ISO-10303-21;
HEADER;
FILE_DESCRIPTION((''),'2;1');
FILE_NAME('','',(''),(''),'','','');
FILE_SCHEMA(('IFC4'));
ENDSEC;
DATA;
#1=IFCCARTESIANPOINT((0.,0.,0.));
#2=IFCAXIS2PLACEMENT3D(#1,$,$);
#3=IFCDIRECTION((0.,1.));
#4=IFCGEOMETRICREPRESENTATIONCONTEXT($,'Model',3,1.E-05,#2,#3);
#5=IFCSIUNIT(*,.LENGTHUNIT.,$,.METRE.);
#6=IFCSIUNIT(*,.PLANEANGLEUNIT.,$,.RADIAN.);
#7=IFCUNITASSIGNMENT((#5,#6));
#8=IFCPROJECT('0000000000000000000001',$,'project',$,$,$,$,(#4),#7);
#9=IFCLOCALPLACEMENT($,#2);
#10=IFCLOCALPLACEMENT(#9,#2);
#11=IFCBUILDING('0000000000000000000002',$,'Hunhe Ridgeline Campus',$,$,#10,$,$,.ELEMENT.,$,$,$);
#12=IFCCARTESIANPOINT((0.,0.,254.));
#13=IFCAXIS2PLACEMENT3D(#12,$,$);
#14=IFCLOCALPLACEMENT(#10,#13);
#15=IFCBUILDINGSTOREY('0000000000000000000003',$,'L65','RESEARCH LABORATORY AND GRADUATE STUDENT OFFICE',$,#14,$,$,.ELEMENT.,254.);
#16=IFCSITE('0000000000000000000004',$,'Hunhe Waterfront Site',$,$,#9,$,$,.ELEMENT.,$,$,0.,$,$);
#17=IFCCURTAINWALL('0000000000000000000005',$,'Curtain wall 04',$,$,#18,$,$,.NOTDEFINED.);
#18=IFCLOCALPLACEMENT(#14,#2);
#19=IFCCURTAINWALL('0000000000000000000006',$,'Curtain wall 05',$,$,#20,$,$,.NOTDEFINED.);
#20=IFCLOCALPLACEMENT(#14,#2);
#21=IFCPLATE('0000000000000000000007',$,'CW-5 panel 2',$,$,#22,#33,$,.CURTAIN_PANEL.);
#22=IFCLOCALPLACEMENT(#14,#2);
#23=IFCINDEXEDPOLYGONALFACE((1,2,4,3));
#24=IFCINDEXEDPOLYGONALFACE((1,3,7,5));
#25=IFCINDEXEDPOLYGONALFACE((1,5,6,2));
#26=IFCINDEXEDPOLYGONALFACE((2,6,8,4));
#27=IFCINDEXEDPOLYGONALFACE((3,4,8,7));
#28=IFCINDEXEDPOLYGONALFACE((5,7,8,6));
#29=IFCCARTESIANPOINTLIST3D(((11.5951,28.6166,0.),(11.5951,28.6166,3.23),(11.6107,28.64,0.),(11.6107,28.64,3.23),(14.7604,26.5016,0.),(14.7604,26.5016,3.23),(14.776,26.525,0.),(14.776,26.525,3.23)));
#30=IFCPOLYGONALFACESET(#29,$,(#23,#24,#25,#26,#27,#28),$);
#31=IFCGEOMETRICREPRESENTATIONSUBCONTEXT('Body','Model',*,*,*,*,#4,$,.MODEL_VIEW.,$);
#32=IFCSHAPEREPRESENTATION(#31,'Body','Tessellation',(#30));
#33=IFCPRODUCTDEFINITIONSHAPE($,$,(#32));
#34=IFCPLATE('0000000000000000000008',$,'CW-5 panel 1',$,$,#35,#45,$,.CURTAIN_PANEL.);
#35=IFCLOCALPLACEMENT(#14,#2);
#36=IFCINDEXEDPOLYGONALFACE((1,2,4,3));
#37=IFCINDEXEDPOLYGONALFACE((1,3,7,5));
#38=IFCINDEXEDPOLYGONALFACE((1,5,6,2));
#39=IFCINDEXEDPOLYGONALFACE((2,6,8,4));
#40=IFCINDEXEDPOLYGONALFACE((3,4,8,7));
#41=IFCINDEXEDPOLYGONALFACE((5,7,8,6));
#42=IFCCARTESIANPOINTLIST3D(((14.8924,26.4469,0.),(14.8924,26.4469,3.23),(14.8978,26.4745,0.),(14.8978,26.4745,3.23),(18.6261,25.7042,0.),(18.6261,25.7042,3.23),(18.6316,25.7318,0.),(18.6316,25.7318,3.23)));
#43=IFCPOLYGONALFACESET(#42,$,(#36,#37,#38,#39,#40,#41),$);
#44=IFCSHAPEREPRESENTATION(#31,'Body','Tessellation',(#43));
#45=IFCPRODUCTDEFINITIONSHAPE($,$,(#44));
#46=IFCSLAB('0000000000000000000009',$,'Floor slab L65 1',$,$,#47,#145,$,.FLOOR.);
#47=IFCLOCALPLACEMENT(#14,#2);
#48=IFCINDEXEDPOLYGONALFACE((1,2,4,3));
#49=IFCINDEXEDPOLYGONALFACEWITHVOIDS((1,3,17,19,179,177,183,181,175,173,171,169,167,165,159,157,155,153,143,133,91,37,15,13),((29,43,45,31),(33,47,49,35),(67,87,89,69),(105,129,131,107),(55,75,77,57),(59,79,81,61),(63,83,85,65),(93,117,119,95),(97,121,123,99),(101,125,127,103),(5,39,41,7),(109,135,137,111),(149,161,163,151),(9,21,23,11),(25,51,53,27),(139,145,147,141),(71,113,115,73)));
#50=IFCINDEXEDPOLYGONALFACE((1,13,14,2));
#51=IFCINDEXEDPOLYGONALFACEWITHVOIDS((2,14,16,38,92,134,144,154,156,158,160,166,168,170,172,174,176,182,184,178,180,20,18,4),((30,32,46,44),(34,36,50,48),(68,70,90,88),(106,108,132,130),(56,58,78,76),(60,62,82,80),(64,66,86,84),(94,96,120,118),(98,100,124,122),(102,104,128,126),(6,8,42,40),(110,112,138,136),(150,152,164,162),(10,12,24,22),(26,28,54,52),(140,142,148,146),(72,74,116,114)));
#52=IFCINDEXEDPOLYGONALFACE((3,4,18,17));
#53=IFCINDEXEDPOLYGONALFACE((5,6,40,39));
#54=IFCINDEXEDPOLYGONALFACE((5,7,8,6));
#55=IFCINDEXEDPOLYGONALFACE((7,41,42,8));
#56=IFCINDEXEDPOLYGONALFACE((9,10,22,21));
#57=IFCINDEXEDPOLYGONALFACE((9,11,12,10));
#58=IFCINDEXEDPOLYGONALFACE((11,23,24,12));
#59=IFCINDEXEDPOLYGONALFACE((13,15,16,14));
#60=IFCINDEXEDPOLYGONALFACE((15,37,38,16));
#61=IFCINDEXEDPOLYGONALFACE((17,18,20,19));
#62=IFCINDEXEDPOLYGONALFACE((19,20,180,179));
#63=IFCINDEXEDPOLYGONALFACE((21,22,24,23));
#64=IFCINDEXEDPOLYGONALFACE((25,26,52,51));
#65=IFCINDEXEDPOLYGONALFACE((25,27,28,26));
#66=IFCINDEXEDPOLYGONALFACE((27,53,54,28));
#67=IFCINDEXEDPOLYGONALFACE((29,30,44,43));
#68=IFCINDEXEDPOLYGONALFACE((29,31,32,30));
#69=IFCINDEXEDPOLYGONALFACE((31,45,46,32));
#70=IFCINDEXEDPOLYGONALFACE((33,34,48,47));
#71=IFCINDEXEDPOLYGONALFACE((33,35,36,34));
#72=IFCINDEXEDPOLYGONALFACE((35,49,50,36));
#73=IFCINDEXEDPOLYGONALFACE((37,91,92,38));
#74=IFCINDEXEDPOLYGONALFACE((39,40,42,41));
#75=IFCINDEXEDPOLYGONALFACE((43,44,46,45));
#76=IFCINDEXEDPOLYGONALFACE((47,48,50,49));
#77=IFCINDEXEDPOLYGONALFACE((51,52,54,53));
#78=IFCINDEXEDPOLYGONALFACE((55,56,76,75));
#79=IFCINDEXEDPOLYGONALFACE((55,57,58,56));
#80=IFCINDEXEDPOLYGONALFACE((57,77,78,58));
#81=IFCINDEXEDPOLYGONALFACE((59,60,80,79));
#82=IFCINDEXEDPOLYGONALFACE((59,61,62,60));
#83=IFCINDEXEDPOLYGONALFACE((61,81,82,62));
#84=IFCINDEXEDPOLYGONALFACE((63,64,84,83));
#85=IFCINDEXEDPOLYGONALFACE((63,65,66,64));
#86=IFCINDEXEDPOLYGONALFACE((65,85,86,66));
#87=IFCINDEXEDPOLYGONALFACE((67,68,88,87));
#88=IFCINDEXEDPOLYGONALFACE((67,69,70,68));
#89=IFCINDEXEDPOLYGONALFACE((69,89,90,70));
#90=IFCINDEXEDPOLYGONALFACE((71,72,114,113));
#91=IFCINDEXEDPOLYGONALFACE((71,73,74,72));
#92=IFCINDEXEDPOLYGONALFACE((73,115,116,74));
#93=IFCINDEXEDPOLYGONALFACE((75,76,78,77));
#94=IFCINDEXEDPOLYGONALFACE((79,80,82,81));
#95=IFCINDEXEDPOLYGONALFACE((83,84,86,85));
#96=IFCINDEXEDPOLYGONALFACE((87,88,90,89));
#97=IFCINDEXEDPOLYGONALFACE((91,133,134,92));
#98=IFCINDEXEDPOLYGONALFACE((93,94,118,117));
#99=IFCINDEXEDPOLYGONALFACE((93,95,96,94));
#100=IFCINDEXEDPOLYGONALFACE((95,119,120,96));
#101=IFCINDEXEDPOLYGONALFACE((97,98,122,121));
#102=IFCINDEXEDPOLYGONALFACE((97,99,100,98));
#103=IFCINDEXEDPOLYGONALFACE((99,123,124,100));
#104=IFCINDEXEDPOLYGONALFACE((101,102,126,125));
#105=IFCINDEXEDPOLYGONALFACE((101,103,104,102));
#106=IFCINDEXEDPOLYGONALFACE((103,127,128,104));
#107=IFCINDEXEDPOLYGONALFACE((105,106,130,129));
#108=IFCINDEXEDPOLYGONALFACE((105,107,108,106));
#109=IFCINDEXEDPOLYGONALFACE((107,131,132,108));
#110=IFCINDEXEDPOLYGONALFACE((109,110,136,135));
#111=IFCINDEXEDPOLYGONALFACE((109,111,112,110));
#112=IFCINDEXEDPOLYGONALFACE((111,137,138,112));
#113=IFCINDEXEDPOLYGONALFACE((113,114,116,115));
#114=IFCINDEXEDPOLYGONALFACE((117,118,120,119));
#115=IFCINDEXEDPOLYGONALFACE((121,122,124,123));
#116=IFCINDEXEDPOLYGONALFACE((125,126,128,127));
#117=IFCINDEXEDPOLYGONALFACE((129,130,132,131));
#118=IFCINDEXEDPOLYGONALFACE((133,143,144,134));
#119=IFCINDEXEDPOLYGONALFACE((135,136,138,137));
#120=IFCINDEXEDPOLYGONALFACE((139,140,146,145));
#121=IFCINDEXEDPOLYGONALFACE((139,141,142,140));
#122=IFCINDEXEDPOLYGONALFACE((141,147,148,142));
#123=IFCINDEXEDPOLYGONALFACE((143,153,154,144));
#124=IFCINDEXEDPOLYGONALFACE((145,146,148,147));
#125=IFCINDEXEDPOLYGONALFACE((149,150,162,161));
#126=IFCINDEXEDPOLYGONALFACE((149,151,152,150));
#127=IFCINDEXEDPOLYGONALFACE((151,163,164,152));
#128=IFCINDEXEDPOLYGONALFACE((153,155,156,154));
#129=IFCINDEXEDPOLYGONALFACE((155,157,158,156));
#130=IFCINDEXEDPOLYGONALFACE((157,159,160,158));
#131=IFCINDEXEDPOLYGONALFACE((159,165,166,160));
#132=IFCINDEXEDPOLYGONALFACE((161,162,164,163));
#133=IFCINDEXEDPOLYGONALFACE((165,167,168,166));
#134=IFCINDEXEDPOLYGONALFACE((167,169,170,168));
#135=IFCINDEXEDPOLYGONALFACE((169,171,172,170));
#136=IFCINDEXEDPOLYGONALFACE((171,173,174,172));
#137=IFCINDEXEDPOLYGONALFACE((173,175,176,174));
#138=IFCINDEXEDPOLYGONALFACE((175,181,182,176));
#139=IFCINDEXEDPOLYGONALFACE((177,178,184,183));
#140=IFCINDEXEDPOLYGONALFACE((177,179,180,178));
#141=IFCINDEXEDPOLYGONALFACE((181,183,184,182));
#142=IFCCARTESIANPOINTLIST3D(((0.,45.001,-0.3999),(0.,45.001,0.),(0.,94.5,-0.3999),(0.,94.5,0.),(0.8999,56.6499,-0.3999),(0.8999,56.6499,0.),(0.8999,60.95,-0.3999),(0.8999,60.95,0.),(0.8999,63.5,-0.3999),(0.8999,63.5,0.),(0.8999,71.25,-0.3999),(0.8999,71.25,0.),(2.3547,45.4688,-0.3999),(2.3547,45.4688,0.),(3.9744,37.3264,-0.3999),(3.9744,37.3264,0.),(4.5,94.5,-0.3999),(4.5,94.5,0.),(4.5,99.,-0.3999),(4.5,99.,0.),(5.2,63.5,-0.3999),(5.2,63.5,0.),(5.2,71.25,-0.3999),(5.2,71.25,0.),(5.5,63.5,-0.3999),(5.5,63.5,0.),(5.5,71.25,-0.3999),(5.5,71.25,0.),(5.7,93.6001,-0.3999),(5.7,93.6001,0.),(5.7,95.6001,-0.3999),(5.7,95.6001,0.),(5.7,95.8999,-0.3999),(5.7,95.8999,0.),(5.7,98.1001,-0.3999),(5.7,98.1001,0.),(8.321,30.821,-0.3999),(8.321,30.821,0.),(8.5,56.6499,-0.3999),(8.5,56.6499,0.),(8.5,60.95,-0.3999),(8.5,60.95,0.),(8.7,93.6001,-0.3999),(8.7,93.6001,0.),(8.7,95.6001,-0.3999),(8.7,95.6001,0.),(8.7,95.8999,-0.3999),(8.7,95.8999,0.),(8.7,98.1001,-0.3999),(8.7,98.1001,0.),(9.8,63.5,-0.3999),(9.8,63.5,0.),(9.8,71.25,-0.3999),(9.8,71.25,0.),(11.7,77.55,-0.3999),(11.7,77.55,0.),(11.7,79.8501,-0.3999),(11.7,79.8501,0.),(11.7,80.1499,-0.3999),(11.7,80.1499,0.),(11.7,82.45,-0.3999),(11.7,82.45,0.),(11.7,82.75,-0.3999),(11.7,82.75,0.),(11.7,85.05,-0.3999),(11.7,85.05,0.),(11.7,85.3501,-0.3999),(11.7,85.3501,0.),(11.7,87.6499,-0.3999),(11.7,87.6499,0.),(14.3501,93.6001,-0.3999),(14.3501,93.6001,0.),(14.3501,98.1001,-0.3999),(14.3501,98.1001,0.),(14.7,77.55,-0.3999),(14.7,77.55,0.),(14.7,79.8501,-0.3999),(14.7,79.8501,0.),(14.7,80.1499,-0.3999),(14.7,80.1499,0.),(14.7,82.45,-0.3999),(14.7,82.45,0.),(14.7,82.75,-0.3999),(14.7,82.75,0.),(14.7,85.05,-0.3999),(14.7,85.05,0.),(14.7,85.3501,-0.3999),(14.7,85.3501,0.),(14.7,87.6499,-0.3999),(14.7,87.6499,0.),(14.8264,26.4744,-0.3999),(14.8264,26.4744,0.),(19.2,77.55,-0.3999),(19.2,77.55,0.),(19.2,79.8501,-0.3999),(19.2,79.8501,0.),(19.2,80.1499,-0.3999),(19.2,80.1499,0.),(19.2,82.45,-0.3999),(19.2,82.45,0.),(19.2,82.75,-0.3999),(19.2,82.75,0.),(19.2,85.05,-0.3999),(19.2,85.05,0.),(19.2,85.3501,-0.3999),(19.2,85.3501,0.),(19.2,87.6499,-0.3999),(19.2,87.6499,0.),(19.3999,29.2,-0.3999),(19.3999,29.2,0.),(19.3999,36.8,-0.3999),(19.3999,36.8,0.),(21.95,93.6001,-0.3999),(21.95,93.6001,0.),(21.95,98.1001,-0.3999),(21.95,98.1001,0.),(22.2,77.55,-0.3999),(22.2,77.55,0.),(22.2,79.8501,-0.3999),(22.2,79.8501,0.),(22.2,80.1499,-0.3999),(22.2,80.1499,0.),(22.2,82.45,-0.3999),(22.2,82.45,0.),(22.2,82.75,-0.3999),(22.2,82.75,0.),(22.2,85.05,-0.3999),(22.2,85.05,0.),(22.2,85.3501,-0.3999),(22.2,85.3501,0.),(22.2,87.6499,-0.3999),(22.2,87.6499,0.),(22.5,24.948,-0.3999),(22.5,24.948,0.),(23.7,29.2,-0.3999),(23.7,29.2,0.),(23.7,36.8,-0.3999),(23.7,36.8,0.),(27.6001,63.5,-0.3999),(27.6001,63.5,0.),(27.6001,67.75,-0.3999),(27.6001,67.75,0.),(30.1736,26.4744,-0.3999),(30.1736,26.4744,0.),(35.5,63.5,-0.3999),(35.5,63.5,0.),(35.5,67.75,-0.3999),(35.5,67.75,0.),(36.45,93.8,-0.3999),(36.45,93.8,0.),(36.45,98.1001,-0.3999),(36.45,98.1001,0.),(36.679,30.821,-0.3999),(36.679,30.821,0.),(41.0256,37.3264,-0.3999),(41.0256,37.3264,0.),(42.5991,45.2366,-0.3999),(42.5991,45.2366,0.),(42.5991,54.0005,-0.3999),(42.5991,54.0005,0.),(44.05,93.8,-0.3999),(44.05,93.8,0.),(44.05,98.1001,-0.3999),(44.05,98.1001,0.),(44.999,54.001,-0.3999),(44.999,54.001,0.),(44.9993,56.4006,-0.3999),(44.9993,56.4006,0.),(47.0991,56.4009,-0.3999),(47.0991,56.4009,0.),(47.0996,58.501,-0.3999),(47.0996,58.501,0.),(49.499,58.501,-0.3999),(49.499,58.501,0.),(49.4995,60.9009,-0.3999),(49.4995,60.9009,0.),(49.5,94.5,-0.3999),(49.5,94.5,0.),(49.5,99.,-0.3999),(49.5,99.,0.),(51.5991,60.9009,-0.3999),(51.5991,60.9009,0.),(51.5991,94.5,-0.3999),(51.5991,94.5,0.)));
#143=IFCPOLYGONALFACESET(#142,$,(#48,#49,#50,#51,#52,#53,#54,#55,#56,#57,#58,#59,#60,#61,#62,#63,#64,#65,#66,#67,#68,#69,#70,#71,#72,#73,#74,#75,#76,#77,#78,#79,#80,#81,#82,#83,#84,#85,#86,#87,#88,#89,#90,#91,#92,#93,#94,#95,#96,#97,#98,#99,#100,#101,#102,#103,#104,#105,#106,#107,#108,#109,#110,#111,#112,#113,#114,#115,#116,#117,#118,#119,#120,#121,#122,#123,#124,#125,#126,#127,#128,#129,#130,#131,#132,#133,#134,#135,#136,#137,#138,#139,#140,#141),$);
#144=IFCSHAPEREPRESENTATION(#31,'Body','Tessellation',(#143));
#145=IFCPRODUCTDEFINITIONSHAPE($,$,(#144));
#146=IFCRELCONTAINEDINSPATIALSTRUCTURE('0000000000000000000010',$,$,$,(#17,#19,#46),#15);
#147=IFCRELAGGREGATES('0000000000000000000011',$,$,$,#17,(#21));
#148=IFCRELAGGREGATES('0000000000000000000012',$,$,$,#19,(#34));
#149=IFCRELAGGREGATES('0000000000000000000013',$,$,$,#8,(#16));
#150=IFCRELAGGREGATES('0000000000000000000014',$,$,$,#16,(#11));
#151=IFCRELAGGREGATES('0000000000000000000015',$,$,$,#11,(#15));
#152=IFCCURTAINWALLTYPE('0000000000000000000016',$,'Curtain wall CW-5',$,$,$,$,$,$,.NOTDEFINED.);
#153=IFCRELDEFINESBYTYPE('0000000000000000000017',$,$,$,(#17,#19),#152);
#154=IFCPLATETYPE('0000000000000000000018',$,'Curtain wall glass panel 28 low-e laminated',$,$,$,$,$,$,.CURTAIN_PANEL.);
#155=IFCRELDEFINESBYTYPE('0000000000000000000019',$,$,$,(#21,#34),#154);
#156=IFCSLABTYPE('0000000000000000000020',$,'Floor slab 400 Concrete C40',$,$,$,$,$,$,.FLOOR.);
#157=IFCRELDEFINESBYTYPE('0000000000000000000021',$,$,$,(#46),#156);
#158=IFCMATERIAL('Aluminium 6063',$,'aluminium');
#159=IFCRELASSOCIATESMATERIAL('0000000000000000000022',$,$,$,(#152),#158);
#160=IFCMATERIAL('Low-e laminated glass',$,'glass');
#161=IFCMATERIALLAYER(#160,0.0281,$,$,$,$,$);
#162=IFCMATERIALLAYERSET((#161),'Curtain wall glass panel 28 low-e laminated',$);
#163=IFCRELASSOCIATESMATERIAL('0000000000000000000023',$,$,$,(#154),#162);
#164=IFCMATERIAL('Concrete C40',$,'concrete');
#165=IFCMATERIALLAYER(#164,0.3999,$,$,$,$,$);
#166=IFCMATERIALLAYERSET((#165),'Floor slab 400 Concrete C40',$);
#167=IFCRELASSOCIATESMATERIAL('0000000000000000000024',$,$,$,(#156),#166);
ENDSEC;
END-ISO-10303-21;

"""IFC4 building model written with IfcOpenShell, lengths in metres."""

from ifc_helpers import new_model, si_unit, direction, frame, origin, origin_2d, place, context, subcontext, project, spatial, polyline, rectangle, outline, extrude, material, layer, layer_set, type_object, element, aggregate, save


model = new_model("IFC4")

# Units and contexts
model_context = context("Model", 3, precision=1e-05, world=origin(), true_north=direction((0.0, 1.0)))
body_context = subcontext(model_context, "Body", "Model", "MODEL_VIEW")
ifc_project = project(units=[si_unit("LENGTHUNIT", "METRE"), si_unit("PLANEANGLEUNIT", "RADIAN")], contexts=[model_context])

# Site, building, storey
site_placement = place(None, origin())
site = spatial("IfcSite", under=ifc_project, at=site_placement, Name="Hunhe Waterfront Site", CompositionType="ELEMENT", RefElevation=0.0)
building_placement = place(site_placement, origin())
building = spatial("IfcBuilding", under=site, at=building_placement, Name="Hunhe Ridgeline Campus", CompositionType="ELEMENT")
storey_placement = place(building_placement, frame((0.0, 0.0, 254.0)))
storey = spatial("IfcBuildingStorey", under=building, at=storey_placement, Name="L65", Description="RESEARCH LABORATORY AND GRADUATE STUDENT OFFICE", CompositionType="ELEMENT", Elevation=254.0)

# Shared definitions
ifc_material_1 = material(Name="Aluminium 6063", Category="aluminium")
curtain_wall_type = type_object("IfcCurtainWallType", Name="Curtain wall CW-5", PredefinedType="NOTDEFINED", material=ifc_material_1)

# Curtain walls
curtain_wall_1_placement = place(storey_placement, origin())
curtain_wall_1 = element("IfcCurtainWall", 1, at=curtain_wall_1_placement, inside=storey, type_object=curtain_wall_type, Name="Curtain wall 04", PredefinedType="NOTDEFINED")
curtain_wall_2_placement = place(storey_placement, origin())
curtain_wall_2 = element("IfcCurtainWall", 2, at=curtain_wall_2_placement, inside=storey, type_object=curtain_wall_type, Name="Curtain wall 05", PredefinedType="NOTDEFINED")

# Plates
ifc_material_2 = material(Name="Low-e laminated glass", Category="glass")
ifc_layer_1 = layer(ifc_material_2, 0.0281)
ifc_layer_set_1 = layer_set([ifc_layer_1], Name="Curtain wall glass panel 28 low-e laminated")
plate_type = type_object("IfcPlateType", Name="Curtain wall glass panel 28 low-e laminated", PredefinedType="CURTAIN_PANEL", material=ifc_layer_set_1)
plate_1_placement = place(storey_placement, frame((13.1855, 27.5708, 0.0), z_axis=(0.0, 0.0, 1.0), x_axis=(0.83147, -0.55557, 0.0)))
plate_1 = element("IfcPlate", 3, at=plate_1_placement, type_object=plate_type, Name="CW-5 panel 2", PredefinedType="CURTAIN_PANEL", context=body_context, shape_type="SweptSolid", body=[
    extrude(rectangle(XDim=3.8069, YDim=0.0281, at=origin_2d()), origin(), (0.0, 0.0, 1.0), 3.23),
])
aggregate(curtain_wall_1, [plate_1])
plate_2_placement = place(storey_placement, frame((16.762, 26.0894, 0.0), z_axis=(0.0, 0.0, 1.0), x_axis=(0.980785, -0.19509, 0.0)))
plate_2 = element("IfcPlate", 4, at=plate_2_placement, type_object=plate_type, Name="CW-5 panel 1", PredefinedType="CURTAIN_PANEL", context=body_context, shape_type="SweptSolid", body=[
    extrude(rectangle(XDim=3.8069, YDim=0.0281, at=origin_2d()), origin(), (0.0, 0.0, 1.0), 3.23),
])
aggregate(curtain_wall_2, [plate_2])

# Slab
ifc_material_3 = material(Name="Concrete C40", Category="concrete")
ifc_layer_2 = layer(ifc_material_3, 0.3999)
ifc_layer_set_2 = layer_set([ifc_layer_2], Name="Floor slab 400 Concrete C40")
slab_type_1 = type_object("IfcSlabType", Name="Floor slab 400 Concrete C40", PredefinedType="FLOOR", material=ifc_layer_set_2)
slab_1_placement = place(storey_placement, frame((0.0, 0.0, -0.3999)))
element("IfcSlab", 5, at=slab_1_placement, inside=storey, type_object=slab_type_1, Name="Floor slab L65 1", PredefinedType="FLOOR", context=body_context, shape_type="SweptSolid", body=[
    extrude(outline(polyline([(36.679, 30.821), (41.0256, 37.3264), (42.5991, 45.2366), (42.5991, 54.0005), (44.999, 54.001), (44.9993, 56.4006), (47.0991, 56.4009), (47.0996, 58.501), (49.499, 58.501), (49.4995, 60.9009), (51.5991, 60.9009), (51.5991, 94.5), (49.5, 94.5), (49.5, 99.0), (4.5, 99.0), (4.5, 94.5), (0.0, 94.5), (0.0, 45.001), (2.3547, 45.4688), (3.9744, 37.3264), (8.321, 30.821), (14.8264, 26.4744), (22.5, 24.948), (30.1736, 26.4744), (36.679, 30.821)]), holes=[polyline([(36.45, 98.1001), (36.45, 93.8), (44.05, 93.8), (44.05, 98.1001), (36.45, 98.1001)]), polyline([(27.6001, 63.5), (35.5, 63.5), (35.5, 67.75), (27.6001, 67.75), (27.6001, 63.5)]), polyline([(19.3999, 36.8), (19.3999, 29.2), (23.7, 29.2), (23.7, 36.8), (19.3999, 36.8)]), polyline([(22.2, 87.6499), (19.2, 87.6499), (19.2, 85.3501), (22.2, 85.3501), (22.2, 87.6499)]), polyline([(22.2, 77.55), (22.2, 79.8501), (19.2, 79.8501), (19.2, 77.55), (22.2, 77.55)]), polyline([(19.2, 85.05), (19.2, 82.75), (22.2, 82.75), (22.2, 85.05), (19.2, 85.05)]), polyline([(19.2, 80.1499), (22.2, 80.1499), (22.2, 82.45), (19.2, 82.45), (19.2, 80.1499)]), polyline([(14.3501, 98.1001), (14.3501, 93.6001), (21.95, 93.6001), (21.95, 98.1001), (14.3501, 98.1001)]), polyline([(14.7, 87.6499), (11.7, 87.6499), (11.7, 85.3501), (14.7, 85.3501), (14.7, 87.6499)]), polyline([(14.7, 77.55), (14.7, 79.8501), (11.7, 79.8501), (11.7, 77.55), (14.7, 77.55)]), polyline([(11.7, 85.05), (11.7, 82.75), (14.7, 82.75), (14.7, 85.05), (11.7, 85.05)]), polyline([(11.7, 80.1499), (14.7, 80.1499), (14.7, 82.45), (11.7, 82.45), (11.7, 80.1499)]), polyline([(9.8, 63.5), (9.8, 71.25), (5.5, 71.25), (5.5, 63.5), (9.8, 63.5)]), polyline([(8.7, 93.6001), (8.7, 95.6001), (5.7, 95.6001), (5.7, 93.6001), (8.7, 93.6001)]), polyline([(5.7, 95.8999), (8.7, 95.8999), (8.7, 98.1001), (5.7, 98.1001), (5.7, 95.8999)]), polyline([(0.8999, 60.95), (0.8999, 56.6499), (8.5, 56.6499), (8.5, 60.95), (0.8999, 60.95)]), polyline([(5.2, 71.25), (0.8999, 71.25), (0.8999, 63.5), (5.2, 63.5), (5.2, 71.25)])]), origin(), (0.0, 0.0, 1.0), 0.3999),
])

save(model, "model.ifc")
